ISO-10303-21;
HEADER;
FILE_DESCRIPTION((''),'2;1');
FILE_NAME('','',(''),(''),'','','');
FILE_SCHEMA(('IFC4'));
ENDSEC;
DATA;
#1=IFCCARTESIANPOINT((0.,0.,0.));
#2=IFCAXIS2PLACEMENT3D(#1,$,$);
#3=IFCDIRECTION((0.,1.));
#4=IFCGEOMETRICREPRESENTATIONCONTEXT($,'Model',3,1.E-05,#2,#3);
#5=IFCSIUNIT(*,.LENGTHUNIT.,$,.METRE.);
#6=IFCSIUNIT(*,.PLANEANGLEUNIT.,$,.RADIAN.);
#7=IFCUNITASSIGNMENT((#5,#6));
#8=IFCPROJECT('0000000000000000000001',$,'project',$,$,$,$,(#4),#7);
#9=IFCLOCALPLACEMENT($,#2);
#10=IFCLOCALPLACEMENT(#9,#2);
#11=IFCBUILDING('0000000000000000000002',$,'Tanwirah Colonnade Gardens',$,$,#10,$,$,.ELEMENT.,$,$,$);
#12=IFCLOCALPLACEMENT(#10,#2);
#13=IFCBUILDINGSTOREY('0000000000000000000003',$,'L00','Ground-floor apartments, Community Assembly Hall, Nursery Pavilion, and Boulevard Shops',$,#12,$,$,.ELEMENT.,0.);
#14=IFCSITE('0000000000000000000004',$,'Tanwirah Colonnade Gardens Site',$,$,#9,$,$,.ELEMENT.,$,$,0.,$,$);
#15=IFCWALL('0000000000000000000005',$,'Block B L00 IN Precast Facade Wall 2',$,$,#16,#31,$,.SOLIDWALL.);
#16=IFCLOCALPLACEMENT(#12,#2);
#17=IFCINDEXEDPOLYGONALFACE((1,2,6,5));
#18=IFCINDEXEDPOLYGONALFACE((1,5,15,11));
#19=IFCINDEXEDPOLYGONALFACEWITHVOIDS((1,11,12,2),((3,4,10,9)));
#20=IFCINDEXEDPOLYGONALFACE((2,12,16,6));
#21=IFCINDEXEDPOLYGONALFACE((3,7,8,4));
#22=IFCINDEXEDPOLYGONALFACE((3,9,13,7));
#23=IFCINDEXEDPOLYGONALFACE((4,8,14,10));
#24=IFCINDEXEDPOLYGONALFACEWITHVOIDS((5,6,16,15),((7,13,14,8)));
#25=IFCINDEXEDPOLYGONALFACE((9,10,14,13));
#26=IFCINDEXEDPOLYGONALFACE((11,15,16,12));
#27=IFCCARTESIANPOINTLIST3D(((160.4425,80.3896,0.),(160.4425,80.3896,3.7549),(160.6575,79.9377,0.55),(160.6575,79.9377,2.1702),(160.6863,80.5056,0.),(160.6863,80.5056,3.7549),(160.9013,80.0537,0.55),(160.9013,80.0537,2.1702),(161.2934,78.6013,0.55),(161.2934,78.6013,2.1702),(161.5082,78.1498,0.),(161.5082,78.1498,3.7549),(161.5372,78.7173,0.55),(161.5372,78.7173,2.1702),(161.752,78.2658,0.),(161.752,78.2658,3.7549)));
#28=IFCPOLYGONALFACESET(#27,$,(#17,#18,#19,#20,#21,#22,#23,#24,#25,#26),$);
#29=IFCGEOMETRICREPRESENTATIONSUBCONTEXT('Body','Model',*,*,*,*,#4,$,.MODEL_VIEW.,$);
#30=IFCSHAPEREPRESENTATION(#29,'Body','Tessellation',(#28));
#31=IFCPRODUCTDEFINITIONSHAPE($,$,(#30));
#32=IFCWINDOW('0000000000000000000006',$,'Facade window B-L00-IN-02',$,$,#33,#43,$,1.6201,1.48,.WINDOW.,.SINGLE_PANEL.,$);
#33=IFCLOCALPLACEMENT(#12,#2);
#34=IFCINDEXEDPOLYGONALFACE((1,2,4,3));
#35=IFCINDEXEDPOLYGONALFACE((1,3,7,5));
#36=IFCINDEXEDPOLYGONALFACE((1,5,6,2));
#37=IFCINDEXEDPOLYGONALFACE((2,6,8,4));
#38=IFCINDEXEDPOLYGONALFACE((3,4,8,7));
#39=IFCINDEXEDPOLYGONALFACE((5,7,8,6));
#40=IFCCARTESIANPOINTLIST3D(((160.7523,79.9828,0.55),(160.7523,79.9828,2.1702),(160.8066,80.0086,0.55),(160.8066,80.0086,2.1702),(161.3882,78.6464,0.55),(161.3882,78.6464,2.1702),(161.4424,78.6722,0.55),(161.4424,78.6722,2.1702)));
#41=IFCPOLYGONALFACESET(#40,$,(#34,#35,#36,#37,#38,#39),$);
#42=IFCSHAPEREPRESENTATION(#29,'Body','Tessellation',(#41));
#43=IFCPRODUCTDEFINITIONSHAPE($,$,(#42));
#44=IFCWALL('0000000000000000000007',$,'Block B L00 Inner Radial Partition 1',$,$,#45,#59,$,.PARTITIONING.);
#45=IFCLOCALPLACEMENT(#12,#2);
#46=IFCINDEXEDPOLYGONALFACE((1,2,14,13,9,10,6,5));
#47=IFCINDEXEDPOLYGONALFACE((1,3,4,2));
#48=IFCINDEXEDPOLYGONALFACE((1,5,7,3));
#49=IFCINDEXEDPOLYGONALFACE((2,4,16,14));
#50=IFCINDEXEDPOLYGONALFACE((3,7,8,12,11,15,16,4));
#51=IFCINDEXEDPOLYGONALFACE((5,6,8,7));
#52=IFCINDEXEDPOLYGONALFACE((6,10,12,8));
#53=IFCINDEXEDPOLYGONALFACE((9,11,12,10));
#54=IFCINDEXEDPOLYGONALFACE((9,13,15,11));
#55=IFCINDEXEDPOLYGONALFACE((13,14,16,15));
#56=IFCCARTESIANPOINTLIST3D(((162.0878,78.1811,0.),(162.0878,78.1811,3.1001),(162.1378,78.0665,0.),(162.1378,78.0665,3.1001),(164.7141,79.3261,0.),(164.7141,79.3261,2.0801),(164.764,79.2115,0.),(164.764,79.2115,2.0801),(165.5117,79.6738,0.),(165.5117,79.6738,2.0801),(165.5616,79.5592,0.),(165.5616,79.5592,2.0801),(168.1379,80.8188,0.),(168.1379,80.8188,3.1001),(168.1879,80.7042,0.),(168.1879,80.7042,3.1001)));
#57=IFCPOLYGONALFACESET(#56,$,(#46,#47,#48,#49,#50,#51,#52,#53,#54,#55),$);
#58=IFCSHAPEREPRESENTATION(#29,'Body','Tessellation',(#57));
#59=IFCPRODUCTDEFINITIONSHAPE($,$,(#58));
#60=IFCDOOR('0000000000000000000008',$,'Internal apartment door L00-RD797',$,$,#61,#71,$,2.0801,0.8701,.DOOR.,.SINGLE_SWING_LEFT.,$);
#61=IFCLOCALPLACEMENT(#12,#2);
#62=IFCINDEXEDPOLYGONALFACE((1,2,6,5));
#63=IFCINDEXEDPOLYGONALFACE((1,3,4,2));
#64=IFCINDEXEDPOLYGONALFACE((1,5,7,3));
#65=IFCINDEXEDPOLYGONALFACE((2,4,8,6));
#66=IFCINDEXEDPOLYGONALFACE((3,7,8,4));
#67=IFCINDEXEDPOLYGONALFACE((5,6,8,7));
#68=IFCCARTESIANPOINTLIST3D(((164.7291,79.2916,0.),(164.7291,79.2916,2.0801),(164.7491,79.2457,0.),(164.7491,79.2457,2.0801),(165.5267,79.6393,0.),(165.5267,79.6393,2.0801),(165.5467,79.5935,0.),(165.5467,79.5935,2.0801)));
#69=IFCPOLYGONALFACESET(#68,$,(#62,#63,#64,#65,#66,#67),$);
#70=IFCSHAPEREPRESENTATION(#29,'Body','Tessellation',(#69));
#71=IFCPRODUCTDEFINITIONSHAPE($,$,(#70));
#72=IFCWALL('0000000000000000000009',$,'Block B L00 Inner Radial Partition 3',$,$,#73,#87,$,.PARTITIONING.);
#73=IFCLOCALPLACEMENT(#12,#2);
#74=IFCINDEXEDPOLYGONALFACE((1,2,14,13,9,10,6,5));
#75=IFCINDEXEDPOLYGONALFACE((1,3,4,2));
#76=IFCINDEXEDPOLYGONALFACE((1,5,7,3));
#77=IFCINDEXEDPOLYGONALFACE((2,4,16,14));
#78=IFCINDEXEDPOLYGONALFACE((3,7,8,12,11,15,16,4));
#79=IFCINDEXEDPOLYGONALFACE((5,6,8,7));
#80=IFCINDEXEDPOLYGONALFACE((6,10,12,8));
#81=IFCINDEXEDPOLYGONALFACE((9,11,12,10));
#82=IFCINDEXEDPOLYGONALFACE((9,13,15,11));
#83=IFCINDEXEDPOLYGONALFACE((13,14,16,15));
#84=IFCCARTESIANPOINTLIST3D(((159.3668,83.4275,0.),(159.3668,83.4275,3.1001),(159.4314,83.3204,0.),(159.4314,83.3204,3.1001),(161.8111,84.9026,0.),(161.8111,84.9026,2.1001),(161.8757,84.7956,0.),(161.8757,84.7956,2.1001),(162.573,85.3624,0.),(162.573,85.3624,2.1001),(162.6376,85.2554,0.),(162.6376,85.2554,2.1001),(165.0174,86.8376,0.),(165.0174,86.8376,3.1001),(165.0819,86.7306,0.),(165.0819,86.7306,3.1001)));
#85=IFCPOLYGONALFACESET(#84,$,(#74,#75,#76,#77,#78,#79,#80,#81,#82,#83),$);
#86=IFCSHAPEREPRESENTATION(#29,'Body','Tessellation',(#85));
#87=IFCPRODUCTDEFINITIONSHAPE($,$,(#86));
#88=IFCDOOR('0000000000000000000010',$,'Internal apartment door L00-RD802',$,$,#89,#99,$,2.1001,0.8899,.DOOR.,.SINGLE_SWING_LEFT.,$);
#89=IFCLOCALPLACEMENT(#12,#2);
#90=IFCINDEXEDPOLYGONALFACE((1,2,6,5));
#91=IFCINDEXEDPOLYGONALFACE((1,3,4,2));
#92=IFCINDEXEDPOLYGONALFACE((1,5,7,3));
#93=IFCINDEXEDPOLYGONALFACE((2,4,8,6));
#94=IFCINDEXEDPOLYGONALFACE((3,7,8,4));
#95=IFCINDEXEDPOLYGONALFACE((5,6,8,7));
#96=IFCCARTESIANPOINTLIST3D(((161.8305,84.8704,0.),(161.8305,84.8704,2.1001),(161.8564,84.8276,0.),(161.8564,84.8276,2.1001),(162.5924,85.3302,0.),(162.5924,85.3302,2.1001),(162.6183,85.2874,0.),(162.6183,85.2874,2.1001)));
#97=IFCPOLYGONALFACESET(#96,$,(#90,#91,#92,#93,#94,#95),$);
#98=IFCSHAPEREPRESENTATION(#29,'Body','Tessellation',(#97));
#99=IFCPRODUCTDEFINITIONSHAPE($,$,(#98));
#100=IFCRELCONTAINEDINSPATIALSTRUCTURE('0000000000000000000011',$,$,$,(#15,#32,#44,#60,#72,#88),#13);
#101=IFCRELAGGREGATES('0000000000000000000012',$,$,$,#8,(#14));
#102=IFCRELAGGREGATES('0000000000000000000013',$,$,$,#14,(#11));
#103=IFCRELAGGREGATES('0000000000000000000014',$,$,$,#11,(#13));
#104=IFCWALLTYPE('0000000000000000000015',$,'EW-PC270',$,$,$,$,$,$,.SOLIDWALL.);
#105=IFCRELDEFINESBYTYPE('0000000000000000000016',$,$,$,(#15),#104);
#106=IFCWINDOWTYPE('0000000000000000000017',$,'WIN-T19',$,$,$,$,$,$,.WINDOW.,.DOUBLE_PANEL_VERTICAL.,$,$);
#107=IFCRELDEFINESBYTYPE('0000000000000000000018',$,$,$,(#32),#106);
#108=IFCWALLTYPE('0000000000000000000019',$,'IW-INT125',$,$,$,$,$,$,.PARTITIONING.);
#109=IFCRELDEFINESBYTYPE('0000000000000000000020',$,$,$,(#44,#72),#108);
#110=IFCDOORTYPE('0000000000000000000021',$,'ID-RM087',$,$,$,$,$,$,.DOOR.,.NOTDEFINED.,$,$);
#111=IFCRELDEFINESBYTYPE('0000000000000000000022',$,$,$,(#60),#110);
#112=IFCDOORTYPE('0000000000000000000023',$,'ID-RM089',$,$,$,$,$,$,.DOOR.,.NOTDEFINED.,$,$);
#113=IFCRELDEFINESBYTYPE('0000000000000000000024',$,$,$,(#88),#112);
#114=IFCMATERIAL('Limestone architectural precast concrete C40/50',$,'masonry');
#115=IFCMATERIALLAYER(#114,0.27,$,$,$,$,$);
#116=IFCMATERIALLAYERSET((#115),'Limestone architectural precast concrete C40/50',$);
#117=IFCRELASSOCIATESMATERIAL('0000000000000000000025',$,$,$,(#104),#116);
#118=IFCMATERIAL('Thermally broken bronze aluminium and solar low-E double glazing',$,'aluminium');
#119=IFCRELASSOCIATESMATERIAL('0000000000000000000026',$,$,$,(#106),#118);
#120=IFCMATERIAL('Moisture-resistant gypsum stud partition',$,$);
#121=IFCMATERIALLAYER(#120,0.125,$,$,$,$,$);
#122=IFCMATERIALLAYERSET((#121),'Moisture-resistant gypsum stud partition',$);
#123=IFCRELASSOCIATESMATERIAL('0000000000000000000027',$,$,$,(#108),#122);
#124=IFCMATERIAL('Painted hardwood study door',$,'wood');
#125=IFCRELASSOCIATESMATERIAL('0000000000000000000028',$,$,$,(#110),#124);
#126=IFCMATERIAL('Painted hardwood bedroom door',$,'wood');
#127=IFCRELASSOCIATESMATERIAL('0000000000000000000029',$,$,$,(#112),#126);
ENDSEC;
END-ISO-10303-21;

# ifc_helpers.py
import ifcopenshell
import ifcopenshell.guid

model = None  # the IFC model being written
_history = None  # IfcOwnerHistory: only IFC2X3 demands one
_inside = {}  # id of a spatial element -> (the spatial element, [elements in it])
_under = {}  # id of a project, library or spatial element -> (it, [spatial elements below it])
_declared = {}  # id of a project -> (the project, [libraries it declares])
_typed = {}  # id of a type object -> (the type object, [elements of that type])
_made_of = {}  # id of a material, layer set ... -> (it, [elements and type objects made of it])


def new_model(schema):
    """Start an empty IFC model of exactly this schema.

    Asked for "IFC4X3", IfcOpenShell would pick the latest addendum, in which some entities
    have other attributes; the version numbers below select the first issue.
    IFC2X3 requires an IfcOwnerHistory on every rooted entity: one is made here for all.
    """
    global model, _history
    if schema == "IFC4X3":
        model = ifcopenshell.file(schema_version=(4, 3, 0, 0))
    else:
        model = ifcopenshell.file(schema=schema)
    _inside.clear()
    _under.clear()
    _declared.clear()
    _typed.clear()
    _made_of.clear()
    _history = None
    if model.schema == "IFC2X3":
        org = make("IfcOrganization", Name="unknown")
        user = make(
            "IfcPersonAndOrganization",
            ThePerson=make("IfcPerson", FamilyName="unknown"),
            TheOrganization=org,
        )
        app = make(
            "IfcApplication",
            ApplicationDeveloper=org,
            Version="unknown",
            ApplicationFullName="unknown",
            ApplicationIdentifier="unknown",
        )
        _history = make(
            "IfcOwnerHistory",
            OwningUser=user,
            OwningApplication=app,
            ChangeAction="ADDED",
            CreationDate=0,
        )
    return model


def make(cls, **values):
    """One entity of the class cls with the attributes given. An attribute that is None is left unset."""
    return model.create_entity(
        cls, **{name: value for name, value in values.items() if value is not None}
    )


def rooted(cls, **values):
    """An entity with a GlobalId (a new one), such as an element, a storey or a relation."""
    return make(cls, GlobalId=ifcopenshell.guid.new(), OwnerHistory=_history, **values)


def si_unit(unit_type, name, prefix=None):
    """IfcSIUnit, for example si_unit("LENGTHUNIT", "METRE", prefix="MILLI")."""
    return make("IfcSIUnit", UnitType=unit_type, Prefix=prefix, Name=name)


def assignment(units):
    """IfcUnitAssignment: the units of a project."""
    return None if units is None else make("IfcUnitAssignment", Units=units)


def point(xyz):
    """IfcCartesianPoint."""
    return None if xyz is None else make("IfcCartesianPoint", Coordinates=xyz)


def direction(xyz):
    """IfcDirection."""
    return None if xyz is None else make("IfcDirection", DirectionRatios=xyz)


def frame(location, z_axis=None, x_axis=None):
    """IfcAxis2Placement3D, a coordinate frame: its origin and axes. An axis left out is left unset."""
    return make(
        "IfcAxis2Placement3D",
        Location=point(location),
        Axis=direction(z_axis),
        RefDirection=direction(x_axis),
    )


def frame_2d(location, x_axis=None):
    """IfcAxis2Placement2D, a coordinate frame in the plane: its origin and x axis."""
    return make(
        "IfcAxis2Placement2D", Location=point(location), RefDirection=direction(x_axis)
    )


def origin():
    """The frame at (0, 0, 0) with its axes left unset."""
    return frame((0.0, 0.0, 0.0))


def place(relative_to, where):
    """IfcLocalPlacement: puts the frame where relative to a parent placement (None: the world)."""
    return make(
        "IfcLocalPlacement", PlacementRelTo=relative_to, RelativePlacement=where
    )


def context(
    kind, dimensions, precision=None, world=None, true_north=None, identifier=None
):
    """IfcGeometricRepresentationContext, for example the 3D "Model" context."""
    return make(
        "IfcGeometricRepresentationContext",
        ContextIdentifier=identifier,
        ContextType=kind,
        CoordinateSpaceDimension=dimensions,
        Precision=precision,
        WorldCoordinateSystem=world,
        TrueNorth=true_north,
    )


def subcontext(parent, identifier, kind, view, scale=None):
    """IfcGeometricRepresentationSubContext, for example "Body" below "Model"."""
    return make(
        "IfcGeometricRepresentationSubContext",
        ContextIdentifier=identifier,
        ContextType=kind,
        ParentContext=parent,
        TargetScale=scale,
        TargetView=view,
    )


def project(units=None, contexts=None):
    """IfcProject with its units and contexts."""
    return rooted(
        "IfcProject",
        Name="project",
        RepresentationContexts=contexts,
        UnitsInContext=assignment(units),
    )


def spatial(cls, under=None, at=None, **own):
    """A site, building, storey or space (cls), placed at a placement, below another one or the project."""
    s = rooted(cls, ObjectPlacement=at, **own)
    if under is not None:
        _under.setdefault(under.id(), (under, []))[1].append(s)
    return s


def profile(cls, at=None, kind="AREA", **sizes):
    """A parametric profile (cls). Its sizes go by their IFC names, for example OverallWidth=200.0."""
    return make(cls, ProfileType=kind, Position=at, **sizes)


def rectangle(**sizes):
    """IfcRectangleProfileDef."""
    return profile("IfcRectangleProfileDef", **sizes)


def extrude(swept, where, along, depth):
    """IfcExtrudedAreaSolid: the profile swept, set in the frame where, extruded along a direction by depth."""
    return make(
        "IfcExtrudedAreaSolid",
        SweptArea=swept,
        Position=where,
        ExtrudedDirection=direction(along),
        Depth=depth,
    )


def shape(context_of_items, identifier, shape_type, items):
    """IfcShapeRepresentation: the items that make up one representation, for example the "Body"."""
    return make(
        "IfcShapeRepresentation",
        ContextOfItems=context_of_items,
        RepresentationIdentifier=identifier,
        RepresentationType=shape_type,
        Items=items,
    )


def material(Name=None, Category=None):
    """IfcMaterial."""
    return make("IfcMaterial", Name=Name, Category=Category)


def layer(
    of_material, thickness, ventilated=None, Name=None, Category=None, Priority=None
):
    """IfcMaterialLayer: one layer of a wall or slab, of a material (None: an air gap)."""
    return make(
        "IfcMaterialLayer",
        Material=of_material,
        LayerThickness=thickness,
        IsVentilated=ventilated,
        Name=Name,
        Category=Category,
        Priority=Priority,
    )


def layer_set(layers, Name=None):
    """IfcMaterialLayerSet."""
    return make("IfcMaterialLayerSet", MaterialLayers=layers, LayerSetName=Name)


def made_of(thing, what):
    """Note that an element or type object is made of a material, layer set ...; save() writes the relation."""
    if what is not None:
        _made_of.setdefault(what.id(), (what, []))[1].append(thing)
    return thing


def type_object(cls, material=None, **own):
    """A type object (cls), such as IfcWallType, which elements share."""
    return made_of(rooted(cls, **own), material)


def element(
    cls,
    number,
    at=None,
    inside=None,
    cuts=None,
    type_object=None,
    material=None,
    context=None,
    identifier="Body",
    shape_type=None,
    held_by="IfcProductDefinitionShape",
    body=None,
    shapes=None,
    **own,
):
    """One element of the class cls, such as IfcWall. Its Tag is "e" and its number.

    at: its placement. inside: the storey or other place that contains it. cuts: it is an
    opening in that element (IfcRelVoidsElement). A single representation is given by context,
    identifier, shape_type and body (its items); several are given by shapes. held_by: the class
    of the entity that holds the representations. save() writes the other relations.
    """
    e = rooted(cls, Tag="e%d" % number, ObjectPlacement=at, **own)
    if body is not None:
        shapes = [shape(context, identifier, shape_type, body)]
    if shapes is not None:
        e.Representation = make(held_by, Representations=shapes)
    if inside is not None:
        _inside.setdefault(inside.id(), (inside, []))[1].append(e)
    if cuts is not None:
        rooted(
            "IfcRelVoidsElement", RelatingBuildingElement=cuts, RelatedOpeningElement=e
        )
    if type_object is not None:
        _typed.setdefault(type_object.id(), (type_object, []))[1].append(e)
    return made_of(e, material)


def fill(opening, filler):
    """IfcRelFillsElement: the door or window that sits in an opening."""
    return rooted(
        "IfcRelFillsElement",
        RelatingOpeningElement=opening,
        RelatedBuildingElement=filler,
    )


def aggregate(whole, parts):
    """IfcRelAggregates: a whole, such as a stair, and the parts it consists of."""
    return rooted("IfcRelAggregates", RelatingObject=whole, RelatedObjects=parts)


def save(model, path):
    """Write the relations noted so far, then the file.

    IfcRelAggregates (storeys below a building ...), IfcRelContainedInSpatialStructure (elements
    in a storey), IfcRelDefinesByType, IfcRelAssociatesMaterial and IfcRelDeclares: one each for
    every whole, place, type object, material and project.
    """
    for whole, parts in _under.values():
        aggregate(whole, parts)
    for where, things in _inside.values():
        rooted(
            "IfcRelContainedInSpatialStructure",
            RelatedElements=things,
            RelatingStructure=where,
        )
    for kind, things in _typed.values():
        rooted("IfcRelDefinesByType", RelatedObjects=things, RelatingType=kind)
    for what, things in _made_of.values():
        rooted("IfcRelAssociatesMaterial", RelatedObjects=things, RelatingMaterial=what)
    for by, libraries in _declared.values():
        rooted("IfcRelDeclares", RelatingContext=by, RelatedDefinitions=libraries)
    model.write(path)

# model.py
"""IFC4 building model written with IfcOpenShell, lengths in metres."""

from ifc_helpers import new_model, si_unit, direction, frame, frame_2d, origin, place, context, subcontext, project, spatial, rectangle, extrude, material, layer, layer_set, type_object, element, fill, save


model = new_model("IFC4")

# Units and contexts
model_context = context("Model", 3, precision=1e-05, world=origin(), true_north=direction((0.0, 1.0)))
body_context = subcontext(model_context, "Body", "Model", "MODEL_VIEW")
ifc_project = project(units=[si_unit("LENGTHUNIT", "METRE"), si_unit("PLANEANGLEUNIT", "RADIAN")], contexts=[model_context])

# Site, building, storey
site_placement = place(None, origin())
site = spatial("IfcSite", under=ifc_project, at=site_placement, Name="Tanwirah Colonnade Gardens Site", CompositionType="ELEMENT", RefElevation=0.0)
building_placement = place(site_placement, origin())
building = spatial("IfcBuilding", under=site, at=building_placement, Name="Tanwirah Colonnade Gardens", CompositionType="ELEMENT")
storey_placement = place(building_placement, origin())
storey = spatial("IfcBuildingStorey", under=building, at=storey_placement, Name="L00", Description="Ground-floor apartments, Community Assembly Hall, Nursery Pavilion, and Boulevard Shops", CompositionType="ELEMENT", Elevation=0.0)

# Wall, opening, window
ifc_material_1 = material(Name="Limestone architectural precast concrete C40/50", Category="masonry")
ifc_layer_1 = layer(ifc_material_1, 0.27)
ifc_layer_set_1 = layer_set([ifc_layer_1], Name="Limestone architectural precast concrete C40/50")
wall_type_1 = type_object("IfcWallType", Name="EW-PC270", PredefinedType="SOLIDWALL", material=ifc_layer_set_1)
wall_1_placement = place(storey_placement, frame((161.6301, 78.2078, 0.0), z_axis=(0.0, 0.0, 1.0), x_axis=(-0.429647, 0.902997, 0.0)))
wall_1 = element("IfcWall", 1, at=wall_1_placement, inside=storey, type_object=wall_type_1, Name="Block B L00 IN Precast Facade Wall 2", PredefinedType="SOLIDWALL", context=body_context, shape_type="SweptSolid", body=[
    extrude(rectangle(XDim=2.4805, YDim=0.27, at=frame_2d((1.2402, 0.0))), origin(), (0.0, 0.0, 1.0), 3.7549),
])
opening_1_placement = place(wall_1_placement, frame((0.5, 0.0, 0.55)))
opening_1 = element("IfcOpeningElement", 2, at=opening_1_placement, cuts=wall_1, PredefinedType="OPENING", context=body_context, shape_type="SweptSolid", body=[
    extrude(rectangle(XDim=1.48, YDim=1.6201, at=frame_2d((0.74, 0.8101))), frame((0.0, 0.145, 0.0), z_axis=(0.0, -1.0, 0.0), x_axis=(1.0, 0.0, 0.0)), (0.0, 0.0, 1.0), 0.29),
])
ifc_material_2 = material(Name="Thermally broken bronze aluminium and solar low-E double glazing", Category="aluminium")
window_type = type_object("IfcWindowType", Name="WIN-T19", PartitioningType="DOUBLE_PANEL_VERTICAL", PredefinedType="WINDOW", material=ifc_material_2)
window_placement = place(opening_1_placement, origin())
window = element("IfcWindow", 3, at=window_placement, inside=storey, type_object=window_type, Name="Facade window B-L00-IN-02", OverallHeight=1.6201, OverallWidth=1.48, PartitioningType="SINGLE_PANEL", PredefinedType="WINDOW", context=body_context, shape_type="SweptSolid", body=[
    extrude(rectangle(XDim=1.48, YDim=1.6201, at=frame_2d((0.74, 0.8101))), frame((0.0, 0.03, 0.0), z_axis=(0.0, -1.0, 0.0), x_axis=(1.0, 0.0, 0.0)), (0.0, 0.0, 1.0), 0.0601),
])
fill(opening_1, window)

# Walls, openings, doors
ifc_material_3 = material(Name="Moisture-resistant gypsum stud partition")
ifc_layer_2 = layer(ifc_material_3, 0.125)
ifc_layer_set_2 = layer_set([ifc_layer_2], Name="Moisture-resistant gypsum stud partition")
wall_type_2 = type_object("IfcWallType", Name="IW-INT125", PredefinedType="PARTITIONING", material=ifc_layer_set_2)
wall_2_placement = place(storey_placement, frame((162.1128, 78.1238, 0.0), z_axis=(0.0, 0.0, 1.0), x_axis=(0.916669, 0.399648, 0.0)))
wall_2 = element("IfcWall", 4, at=wall_2_placement, inside=storey, type_object=wall_type_2, Name="Block B L00 Inner Radial Partition 1", PredefinedType="PARTITIONING", context=body_context, shape_type="SweptSolid", body=[
    extrude(rectangle(XDim=6.6001, YDim=0.125, at=frame_2d((3.3, 0.0))), origin(), (0.0, 0.0, 1.0), 3.1001),
])
opening_2_placement = place(wall_2_placement, frame((2.865, 0.0, 0.0)))
opening_2 = element("IfcOpeningElement", 5, at=opening_2_placement, cuts=wall_2, PredefinedType="OPENING", context=body_context, shape_type="SweptSolid", body=[
    extrude(rectangle(XDim=0.8701, YDim=2.0801, at=frame_2d((0.4351, 1.04))), frame((0.0, 0.0725, 0.0), z_axis=(0.0, -1.0, 0.0), x_axis=(1.0, 0.0, 0.0)), (0.0, 0.0, 1.0), 0.145),
])
ifc_material_4 = material(Name="Painted hardwood study door", Category="wood")
door_type_1 = type_object("IfcDoorType", Name="ID-RM087", OperationType="NOTDEFINED", PredefinedType="DOOR", material=ifc_material_4)
door_1_placement = place(opening_2_placement, origin())
door_1 = element("IfcDoor", 6, at=door_1_placement, inside=storey, type_object=door_type_1, Name="Internal apartment door L00-RD797", OperationType="SINGLE_SWING_LEFT", OverallHeight=2.0801, OverallWidth=0.8701, PredefinedType="DOOR", context=body_context, shape_type="SweptSolid", body=[
    extrude(rectangle(XDim=0.8701, YDim=2.0801, at=frame_2d((0.4351, 1.04))), frame((0.0, 0.0249, 0.0), z_axis=(0.0, -1.0, 0.0), x_axis=(1.0, 0.0, 0.0)), (0.0, 0.0, 1.0), 0.05),
])
fill(opening_2, door_1)
wall_3_placement = place(storey_placement, frame((159.3992, 83.374, 0.0), z_axis=(0.0, 0.0, 1.0), x_axis=(0.856168, 0.516697, 0.0)))
wall_3 = element("IfcWall", 7, at=wall_3_placement, inside=storey, type_object=wall_type_2, Name="Block B L00 Inner Radial Partition 3", PredefinedType="PARTITIONING", context=body_context, shape_type="SweptSolid", body=[
    extrude(rectangle(XDim=6.5999, YDim=0.125, at=frame_2d((3.2998, 0.0))), origin(), (0.0, 0.0, 1.0), 3.1001),
])
opening_3_placement = place(wall_3_placement, frame((2.855, 0.0, 0.0)))
opening_3 = element("IfcOpeningElement", 8, at=opening_3_placement, cuts=wall_3, PredefinedType="OPENING", context=body_context, shape_type="SweptSolid", body=[
    extrude(rectangle(XDim=0.8899, YDim=2.1001, at=frame_2d((0.4448, 1.05))), frame((0.0, 0.0725, 0.0), z_axis=(0.0, -1.0, 0.0), x_axis=(1.0, 0.0, 0.0)), (0.0, 0.0, 1.0), 0.145),
])
ifc_material_5 = material(Name="Painted hardwood bedroom door", Category="wood")
door_type_2 = type_object("IfcDoorType", Name="ID-RM089", OperationType="NOTDEFINED", PredefinedType="DOOR", material=ifc_material_5)
door_2_placement = place(opening_3_placement, origin())
door_2 = element("IfcDoor", 9, at=door_2_placement, inside=storey, type_object=door_type_2, Name="Internal apartment door L00-RD802", OperationType="SINGLE_SWING_LEFT", OverallHeight=2.1001, OverallWidth=0.8899, PredefinedType="DOOR", context=body_context, shape_type="SweptSolid", body=[
    extrude(rectangle(XDim=0.8899, YDim=2.1001, at=frame_2d((0.4448, 1.05))), frame((0.0, 0.0249, 0.0), z_axis=(0.0, -1.0, 0.0), x_axis=(1.0, 0.0, 0.0)), (0.0, 0.0, 1.0), 0.05),
])
fill(opening_3, door_2)

save(model, "model.ifc")
